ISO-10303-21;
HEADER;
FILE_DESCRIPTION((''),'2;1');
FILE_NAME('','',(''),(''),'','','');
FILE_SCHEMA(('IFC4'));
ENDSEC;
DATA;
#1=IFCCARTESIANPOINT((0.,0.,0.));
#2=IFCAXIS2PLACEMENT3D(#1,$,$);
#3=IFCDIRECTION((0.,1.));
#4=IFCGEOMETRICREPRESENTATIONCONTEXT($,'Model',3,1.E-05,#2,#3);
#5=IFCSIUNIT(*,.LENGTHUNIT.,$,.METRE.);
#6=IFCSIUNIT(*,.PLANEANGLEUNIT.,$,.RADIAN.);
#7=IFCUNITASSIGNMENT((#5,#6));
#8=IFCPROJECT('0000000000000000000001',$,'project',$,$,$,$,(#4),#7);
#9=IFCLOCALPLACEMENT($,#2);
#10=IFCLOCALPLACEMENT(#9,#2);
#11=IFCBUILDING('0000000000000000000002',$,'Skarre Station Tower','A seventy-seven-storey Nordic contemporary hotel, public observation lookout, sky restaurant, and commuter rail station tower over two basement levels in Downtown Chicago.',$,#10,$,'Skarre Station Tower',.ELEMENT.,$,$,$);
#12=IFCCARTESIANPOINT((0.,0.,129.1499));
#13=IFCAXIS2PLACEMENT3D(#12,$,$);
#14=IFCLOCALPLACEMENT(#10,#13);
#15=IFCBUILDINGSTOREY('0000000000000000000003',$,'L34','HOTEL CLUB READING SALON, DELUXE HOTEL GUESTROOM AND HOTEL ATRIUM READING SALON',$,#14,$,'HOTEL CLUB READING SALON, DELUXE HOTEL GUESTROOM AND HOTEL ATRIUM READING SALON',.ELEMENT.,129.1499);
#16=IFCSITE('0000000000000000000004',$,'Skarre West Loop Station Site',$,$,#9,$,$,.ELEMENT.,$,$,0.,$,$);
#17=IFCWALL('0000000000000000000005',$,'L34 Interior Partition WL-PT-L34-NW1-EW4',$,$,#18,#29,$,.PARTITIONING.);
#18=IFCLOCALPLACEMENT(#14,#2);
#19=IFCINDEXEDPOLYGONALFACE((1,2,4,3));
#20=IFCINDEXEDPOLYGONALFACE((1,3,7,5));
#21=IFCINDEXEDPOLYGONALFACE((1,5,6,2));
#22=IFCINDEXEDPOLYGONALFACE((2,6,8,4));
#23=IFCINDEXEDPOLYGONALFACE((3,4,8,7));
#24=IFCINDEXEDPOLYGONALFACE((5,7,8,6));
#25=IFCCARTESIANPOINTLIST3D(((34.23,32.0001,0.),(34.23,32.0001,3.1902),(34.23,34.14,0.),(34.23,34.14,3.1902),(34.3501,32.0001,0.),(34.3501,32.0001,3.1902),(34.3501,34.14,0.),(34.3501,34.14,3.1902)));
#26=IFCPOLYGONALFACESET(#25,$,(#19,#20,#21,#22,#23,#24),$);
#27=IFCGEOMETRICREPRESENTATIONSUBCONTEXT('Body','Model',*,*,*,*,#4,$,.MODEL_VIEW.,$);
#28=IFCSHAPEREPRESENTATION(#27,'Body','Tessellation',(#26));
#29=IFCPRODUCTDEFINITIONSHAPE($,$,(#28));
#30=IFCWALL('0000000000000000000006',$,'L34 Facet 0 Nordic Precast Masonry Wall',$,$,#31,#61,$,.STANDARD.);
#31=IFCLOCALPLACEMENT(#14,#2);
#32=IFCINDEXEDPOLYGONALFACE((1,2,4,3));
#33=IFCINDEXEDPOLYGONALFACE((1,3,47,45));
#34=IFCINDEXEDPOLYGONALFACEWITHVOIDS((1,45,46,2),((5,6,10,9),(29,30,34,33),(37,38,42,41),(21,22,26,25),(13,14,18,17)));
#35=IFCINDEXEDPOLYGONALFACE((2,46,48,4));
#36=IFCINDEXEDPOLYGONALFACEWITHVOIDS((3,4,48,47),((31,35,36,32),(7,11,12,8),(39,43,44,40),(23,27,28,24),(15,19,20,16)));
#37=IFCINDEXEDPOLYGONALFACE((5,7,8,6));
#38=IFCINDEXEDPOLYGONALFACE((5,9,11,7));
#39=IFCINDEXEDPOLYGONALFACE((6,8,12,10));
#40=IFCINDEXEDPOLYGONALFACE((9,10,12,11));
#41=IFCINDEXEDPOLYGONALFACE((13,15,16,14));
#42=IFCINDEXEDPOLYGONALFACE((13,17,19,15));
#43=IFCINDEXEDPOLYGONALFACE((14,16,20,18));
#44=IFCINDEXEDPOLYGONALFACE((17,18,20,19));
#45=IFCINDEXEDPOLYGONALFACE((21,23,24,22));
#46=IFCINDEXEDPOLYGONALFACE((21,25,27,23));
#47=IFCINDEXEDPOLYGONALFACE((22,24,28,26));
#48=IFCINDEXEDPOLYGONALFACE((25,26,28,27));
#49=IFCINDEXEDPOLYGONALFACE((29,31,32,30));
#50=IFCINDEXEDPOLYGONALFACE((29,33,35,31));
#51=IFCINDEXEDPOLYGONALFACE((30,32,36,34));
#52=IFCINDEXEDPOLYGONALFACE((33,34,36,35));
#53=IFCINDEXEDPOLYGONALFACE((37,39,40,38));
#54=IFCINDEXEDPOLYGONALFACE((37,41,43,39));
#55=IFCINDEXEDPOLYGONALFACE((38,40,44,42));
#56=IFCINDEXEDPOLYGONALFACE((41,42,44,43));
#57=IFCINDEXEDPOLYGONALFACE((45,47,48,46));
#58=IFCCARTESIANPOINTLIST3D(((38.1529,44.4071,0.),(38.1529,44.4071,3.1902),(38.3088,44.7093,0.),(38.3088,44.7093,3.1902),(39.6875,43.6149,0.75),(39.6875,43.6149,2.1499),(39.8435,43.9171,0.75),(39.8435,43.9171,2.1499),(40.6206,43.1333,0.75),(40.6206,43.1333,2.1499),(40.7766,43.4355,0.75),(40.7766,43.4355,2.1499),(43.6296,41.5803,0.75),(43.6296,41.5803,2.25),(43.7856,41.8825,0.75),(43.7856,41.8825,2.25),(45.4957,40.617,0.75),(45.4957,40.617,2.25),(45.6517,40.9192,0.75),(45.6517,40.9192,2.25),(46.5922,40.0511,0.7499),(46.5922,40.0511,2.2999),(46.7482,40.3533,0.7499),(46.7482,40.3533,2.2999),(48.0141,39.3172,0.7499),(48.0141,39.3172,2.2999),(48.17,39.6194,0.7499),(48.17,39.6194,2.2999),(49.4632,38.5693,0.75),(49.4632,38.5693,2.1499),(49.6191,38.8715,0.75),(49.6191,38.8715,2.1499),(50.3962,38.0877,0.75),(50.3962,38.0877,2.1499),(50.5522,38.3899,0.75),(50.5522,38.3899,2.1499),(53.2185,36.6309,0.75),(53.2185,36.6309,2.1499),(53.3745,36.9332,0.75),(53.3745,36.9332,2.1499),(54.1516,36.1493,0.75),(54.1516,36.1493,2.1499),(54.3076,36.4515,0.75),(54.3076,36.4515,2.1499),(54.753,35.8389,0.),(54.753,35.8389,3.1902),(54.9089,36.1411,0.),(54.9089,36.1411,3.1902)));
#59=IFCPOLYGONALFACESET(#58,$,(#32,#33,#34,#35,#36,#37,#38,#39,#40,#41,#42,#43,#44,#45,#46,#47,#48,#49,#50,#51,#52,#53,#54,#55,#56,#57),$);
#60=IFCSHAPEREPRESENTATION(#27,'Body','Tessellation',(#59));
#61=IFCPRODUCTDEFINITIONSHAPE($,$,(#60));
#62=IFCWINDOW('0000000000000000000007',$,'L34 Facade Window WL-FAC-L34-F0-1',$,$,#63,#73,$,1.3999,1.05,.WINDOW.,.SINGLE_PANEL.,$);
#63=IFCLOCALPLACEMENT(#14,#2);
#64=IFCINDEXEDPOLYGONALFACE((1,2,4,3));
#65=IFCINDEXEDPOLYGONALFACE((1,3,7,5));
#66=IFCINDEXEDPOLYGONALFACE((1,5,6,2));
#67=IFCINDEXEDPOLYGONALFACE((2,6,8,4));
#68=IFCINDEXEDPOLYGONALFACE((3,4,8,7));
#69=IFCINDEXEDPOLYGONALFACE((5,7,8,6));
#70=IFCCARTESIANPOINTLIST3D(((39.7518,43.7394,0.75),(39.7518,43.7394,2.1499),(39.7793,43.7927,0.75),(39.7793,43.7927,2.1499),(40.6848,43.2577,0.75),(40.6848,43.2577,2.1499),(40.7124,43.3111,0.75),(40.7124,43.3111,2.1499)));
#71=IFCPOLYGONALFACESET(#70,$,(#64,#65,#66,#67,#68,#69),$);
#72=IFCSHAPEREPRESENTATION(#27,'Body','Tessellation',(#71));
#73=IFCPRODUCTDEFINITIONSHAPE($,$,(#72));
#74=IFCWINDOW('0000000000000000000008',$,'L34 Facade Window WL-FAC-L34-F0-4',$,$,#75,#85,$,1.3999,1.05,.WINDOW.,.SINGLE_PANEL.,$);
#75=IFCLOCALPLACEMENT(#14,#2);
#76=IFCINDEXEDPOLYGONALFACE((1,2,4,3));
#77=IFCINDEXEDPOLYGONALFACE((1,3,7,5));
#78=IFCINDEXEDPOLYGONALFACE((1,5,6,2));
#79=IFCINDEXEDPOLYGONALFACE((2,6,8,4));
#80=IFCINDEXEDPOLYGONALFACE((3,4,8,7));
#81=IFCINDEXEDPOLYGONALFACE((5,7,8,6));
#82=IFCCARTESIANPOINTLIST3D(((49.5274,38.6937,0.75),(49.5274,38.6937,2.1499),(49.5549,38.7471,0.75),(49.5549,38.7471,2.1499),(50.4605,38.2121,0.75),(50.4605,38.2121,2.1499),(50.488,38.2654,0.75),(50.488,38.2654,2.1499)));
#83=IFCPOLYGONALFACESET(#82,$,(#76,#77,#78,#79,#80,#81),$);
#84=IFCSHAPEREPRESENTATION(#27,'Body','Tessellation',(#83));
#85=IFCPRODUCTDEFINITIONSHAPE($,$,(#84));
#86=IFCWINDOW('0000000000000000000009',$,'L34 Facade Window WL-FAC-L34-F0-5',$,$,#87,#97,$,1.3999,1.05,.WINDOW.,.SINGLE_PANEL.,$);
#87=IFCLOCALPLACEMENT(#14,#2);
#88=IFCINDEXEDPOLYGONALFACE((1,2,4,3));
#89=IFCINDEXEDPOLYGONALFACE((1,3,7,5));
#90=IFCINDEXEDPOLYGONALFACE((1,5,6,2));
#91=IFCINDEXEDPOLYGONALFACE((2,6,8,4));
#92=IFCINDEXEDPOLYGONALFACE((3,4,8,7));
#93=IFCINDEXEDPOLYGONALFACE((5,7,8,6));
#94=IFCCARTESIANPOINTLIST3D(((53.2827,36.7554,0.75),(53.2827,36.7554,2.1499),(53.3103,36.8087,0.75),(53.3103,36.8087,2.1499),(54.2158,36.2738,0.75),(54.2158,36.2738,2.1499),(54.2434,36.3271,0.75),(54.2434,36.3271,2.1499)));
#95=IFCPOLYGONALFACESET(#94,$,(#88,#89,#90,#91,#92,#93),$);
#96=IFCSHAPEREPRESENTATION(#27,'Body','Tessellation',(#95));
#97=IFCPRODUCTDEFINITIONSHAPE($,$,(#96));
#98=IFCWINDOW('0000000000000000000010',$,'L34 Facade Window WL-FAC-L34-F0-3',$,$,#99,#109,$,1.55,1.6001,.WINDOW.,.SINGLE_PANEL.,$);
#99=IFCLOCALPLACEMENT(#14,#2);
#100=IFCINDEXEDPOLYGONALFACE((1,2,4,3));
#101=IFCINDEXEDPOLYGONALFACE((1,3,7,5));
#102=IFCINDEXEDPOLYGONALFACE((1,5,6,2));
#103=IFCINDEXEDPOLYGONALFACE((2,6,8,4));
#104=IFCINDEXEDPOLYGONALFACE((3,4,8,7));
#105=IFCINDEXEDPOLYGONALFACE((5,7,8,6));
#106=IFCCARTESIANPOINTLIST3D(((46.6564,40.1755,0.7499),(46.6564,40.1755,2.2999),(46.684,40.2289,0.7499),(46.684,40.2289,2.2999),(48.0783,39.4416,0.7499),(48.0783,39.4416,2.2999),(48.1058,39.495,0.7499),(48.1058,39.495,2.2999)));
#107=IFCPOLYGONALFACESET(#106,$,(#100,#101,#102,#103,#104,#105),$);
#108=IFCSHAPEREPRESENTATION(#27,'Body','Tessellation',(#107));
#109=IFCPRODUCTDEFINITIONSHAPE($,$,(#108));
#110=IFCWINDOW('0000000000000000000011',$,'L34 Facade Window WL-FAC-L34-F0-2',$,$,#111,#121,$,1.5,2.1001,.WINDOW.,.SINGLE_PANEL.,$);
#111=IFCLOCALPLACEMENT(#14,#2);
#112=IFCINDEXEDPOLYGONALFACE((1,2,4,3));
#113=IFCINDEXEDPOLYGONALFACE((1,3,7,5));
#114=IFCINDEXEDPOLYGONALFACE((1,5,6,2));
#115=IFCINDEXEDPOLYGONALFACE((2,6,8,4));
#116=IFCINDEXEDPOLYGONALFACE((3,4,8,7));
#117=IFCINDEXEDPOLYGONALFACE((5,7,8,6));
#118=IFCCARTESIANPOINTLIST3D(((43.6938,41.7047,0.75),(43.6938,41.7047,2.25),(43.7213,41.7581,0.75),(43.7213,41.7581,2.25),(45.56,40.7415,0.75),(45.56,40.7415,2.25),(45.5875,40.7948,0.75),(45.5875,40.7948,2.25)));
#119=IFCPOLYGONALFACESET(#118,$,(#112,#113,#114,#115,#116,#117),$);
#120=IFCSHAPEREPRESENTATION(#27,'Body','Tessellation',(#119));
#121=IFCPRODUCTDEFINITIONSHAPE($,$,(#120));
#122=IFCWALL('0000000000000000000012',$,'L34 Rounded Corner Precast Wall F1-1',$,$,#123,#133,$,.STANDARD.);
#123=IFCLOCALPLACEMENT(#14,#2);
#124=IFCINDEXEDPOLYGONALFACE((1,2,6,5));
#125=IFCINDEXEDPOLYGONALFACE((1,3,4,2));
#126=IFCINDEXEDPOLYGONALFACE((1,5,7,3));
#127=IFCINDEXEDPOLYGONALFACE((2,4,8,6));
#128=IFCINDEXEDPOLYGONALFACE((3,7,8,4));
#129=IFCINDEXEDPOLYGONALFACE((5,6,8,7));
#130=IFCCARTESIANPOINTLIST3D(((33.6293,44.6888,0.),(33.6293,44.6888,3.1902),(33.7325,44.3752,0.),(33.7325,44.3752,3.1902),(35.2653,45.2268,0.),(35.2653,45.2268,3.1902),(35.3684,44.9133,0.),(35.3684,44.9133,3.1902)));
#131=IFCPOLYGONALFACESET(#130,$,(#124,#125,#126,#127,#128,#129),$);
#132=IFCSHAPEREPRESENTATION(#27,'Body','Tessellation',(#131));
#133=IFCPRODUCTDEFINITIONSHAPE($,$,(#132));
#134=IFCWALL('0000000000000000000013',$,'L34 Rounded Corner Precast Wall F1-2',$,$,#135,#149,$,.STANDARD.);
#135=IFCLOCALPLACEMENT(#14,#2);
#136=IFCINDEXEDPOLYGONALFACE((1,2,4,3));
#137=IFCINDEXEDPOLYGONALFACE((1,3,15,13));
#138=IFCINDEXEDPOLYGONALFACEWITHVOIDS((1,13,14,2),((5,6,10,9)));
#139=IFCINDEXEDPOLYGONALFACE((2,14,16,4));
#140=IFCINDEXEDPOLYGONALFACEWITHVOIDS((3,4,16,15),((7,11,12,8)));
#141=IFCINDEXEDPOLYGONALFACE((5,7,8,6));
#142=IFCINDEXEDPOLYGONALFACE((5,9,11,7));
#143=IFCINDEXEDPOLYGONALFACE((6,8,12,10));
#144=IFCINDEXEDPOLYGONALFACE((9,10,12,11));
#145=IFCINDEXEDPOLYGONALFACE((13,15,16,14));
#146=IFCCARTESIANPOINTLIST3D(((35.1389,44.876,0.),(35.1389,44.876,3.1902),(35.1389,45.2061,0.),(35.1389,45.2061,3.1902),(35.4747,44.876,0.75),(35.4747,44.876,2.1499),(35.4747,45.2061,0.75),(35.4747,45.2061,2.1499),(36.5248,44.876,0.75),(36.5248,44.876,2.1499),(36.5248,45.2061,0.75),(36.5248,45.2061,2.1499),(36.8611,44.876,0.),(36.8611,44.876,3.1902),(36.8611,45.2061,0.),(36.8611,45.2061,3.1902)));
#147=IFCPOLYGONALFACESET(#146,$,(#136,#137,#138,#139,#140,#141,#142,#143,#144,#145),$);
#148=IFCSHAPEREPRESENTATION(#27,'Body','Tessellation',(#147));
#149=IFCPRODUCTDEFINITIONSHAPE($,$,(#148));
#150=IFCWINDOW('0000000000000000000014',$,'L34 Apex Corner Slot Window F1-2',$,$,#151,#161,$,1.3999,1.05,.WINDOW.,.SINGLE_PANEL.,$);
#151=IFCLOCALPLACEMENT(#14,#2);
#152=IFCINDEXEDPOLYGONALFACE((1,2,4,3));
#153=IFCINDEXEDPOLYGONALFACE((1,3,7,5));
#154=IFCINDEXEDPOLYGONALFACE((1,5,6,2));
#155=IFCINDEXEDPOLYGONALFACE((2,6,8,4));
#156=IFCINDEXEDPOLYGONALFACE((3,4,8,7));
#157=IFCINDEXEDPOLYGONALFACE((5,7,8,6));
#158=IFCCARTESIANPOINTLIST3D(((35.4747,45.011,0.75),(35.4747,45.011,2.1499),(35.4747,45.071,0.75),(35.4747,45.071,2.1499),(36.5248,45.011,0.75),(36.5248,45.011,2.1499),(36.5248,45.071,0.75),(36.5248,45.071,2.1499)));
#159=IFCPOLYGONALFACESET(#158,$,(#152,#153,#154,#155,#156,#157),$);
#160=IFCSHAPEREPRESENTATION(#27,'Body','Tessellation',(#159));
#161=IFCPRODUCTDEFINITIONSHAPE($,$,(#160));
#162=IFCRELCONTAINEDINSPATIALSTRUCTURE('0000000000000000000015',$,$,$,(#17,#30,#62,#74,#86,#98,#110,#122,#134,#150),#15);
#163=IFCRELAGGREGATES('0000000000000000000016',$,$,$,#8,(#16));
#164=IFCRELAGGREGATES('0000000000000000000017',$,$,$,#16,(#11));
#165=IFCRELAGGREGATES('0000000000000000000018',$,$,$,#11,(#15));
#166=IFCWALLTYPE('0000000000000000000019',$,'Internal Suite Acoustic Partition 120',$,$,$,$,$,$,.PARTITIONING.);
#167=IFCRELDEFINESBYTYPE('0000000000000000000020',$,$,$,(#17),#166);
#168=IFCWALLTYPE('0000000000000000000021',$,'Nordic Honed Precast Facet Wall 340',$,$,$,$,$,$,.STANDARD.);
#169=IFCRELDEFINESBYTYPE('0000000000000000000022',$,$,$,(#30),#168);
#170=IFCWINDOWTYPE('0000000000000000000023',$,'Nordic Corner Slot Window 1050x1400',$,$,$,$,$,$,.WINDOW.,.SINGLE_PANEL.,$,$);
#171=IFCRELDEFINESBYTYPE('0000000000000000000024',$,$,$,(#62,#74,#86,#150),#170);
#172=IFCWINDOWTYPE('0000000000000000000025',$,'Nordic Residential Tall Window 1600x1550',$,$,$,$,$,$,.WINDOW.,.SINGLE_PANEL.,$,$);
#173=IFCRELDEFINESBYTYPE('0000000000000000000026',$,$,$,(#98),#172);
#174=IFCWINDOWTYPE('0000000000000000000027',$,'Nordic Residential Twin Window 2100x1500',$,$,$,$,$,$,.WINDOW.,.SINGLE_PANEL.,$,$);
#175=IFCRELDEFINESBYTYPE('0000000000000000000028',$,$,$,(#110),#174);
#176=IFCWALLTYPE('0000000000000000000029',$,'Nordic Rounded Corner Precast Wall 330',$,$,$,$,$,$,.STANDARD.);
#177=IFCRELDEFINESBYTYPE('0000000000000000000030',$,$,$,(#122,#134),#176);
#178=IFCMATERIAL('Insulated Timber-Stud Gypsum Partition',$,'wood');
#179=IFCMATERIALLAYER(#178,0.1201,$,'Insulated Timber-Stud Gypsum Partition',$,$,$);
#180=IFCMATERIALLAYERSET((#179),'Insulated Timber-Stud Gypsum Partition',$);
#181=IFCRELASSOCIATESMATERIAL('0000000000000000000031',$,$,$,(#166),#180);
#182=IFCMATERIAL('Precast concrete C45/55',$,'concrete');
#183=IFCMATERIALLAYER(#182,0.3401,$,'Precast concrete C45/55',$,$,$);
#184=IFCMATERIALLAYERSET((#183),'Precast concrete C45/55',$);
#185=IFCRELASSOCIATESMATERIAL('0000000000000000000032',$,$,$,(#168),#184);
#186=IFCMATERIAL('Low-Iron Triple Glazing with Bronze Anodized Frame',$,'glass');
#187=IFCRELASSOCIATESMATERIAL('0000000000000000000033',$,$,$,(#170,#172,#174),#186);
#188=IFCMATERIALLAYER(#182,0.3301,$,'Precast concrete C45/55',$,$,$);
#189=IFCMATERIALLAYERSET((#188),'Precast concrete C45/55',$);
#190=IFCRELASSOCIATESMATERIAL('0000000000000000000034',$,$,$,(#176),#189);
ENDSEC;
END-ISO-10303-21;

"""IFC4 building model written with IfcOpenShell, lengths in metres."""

from ifc_helpers import new_model, si_unit, direction, frame, frame_2d, origin, place, context, subcontext, project, spatial, rectangle, extrude, material, layer, layer_set, type_object, element, fill, save


model = new_model("IFC4")

# Units and contexts
model_context = context("Model", 3, precision=1e-05, world=origin(), true_north=direction((0.0, 1.0)))
body_context = subcontext(model_context, "Body", "Model", "MODEL_VIEW")
ifc_project = project(units=[si_unit("LENGTHUNIT", "METRE"), si_unit("PLANEANGLEUNIT", "RADIAN")], contexts=[model_context])

# Site, building, storey
site_placement = place(None, origin())
site = spatial("IfcSite", under=ifc_project, at=site_placement, Name="Skarre West Loop Station Site", CompositionType="ELEMENT", RefElevation=0.0)
building_placement = place(site_placement, origin())
building = spatial("IfcBuilding", under=site, at=building_placement, Name="Skarre Station Tower", Description="A seventy-seven-storey Nordic contemporary hotel, public observation lookout, sky restaurant, and commuter rail station tower over two basement levels in Downtown Chicago.", LongName="Skarre Station Tower", CompositionType="ELEMENT")
storey_placement = place(building_placement, frame((0.0, 0.0, 129.1499)))
storey = spatial("IfcBuildingStorey", under=building, at=storey_placement, Name="L34", Description="HOTEL CLUB READING SALON, DELUXE HOTEL GUESTROOM AND HOTEL ATRIUM READING SALON", LongName="HOTEL CLUB READING SALON, DELUXE HOTEL GUESTROOM AND HOTEL ATRIUM READING SALON", CompositionType="ELEMENT", Elevation=129.1499)

# Shared definitions
ifc_material_1 = material(Name="Insulated Timber-Stud Gypsum Partition", Category="wood")
ifc_layer_1 = layer(ifc_material_1, 0.1201, Name="Insulated Timber-Stud Gypsum Partition")
ifc_layer_set_1 = layer_set([ifc_layer_1], Name="Insulated Timber-Stud Gypsum Partition")
wall_type_1 = type_object("IfcWallType", Name="Internal Suite Acoustic Partition 120", PredefinedType="PARTITIONING", material=ifc_layer_set_1)

# Wall
wall_1_placement = place(storey_placement, frame((34.29, 34.1399, 0.0), z_axis=(0.0, 0.0, 1.0), x_axis=(0.0, -1.0, 0.0)))
element("IfcWall", 1, at=wall_1_placement, inside=storey, type_object=wall_type_1, Name="L34 Interior Partition WL-PT-L34-NW1-EW4", PredefinedType="PARTITIONING", context=body_context, shape_type="SweptSolid", body=[
    extrude(rectangle(XDim=2.1399, YDim=0.1201, at=frame_2d((1.0698, 0.0))), origin(), (0.0, 0.0, 1.0), 3.1902),
])

# Wall, openings, windows
ifc_material_2 = material(Name="Precast concrete C45/55", Category="concrete")
ifc_layer_2 = layer(ifc_material_2, 0.3401, Name="Precast concrete C45/55")
ifc_layer_set_2 = layer_set([ifc_layer_2], Name="Precast concrete C45/55")
wall_type_2 = type_object("IfcWallType", Name="Nordic Honed Precast Facet Wall 340", PredefinedType="STANDARD", material=ifc_layer_set_2)
wall_2_placement = place(storey_placement, frame((38.231, 44.5581, 0.0), z_axis=(0.0, 0.0, 1.0), x_axis=(0.888614, -0.458657, 0.0)))
wall_2 = element("IfcWall", 2, at=wall_2_placement, inside=storey, type_object=wall_type_2, Name="L34 Facet 0 Nordic Precast Masonry Wall", PredefinedType="STANDARD", context=body_context, shape_type="SweptSolid", body=[
    extrude(rectangle(XDim=18.6809, YDim=0.3401, at=frame_2d((9.3403, 0.0))), origin(), (0.0, 0.0, 1.0), 3.1902),
])
opening_1_placement = place(wall_2_placement, frame((1.7271, 0.0, 0.75)))
opening_1 = element("IfcOpeningElement", 3, at=opening_1_placement, cuts=wall_2, PredefinedType="OPENING", context=body_context, shape_type="SweptSolid", body=[
    extrude(rectangle(XDim=1.05, YDim=1.3999, at=frame_2d((0.5249, 0.7))), frame((0.0, 0.1799, 0.0), z_axis=(0.0, -1.0, 0.0), x_axis=(1.0, 0.0, 0.0)), (0.0, 0.0, 1.0), 0.3601),
])
opening_2_placement = place(wall_2_placement, frame((6.1631, 0.0, 0.75)))
opening_2 = element("IfcOpeningElement", 4, at=opening_2_placement, cuts=wall_2, PredefinedType="OPENING", context=body_context, shape_type="SweptSolid", body=[
    extrude(rectangle(XDim=2.1001, YDim=1.5, at=frame_2d((1.05, 0.75))), frame((0.0, 0.1799, 0.0), z_axis=(0.0, -1.0, 0.0), x_axis=(1.0, 0.0, 0.0)), (0.0, 0.0, 1.0), 0.3601),
])
opening_3_placement = place(wall_2_placement, frame((9.4971, 0.0, 0.75)))
opening_3 = element("IfcOpeningElement", 5, at=opening_3_placement, cuts=wall_2, PredefinedType="OPENING", context=body_context, shape_type="SweptSolid", body=[
    extrude(rectangle(XDim=1.6001, YDim=1.55, at=frame_2d((0.8, 0.7749))), frame((0.0, 0.1799, 0.0), z_axis=(0.0, -1.0, 0.0), x_axis=(1.0, 0.0, 0.0)), (0.0, 0.0, 1.0), 0.3601),
])
opening_4_placement = place(wall_2_placement, frame((12.728, 0.0, 0.75)))
opening_4 = element("IfcOpeningElement", 6, at=opening_4_placement, cuts=wall_2, PredefinedType="OPENING", context=body_context, shape_type="SweptSolid", body=[
    extrude(rectangle(XDim=1.05, YDim=1.3999, at=frame_2d((0.5249, 0.7))), frame((0.0, 0.1799, 0.0), z_axis=(0.0, -1.0, 0.0), x_axis=(1.0, 0.0, 0.0)), (0.0, 0.0, 1.0), 0.3601),
])
opening_5_placement = place(wall_2_placement, frame((16.9541, 0.0, 0.75)))
opening_5 = element("IfcOpeningElement", 7, at=opening_5_placement, cuts=wall_2, PredefinedType="OPENING", context=body_context, shape_type="SweptSolid", body=[
    extrude(rectangle(XDim=1.05, YDim=1.3999, at=frame_2d((0.5249, 0.7))), frame((0.0, 0.1799, 0.0), z_axis=(0.0, -1.0, 0.0), x_axis=(1.0, 0.0, 0.0)), (0.0, 0.0, 1.0), 0.3601),
])
ifc_material_3 = material(Name="Low-Iron Triple Glazing with Bronze Anodized Frame", Category="glass")
window_type_1 = type_object("IfcWindowType", Name="Nordic Corner Slot Window 1050x1400", PartitioningType="SINGLE_PANEL", PredefinedType="WINDOW", material=ifc_material_3)
window_1_placement = place(opening_1_placement, origin())
window_1 = element("IfcWindow", 8, at=window_1_placement, inside=storey, type_object=window_type_1, Name="L34 Facade Window WL-FAC-L34-F0-1", OverallHeight=1.3999, OverallWidth=1.05, PartitioningType="SINGLE_PANEL", PredefinedType="WINDOW", context=body_context, shape_type="SweptSolid", body=[
    extrude(rectangle(XDim=1.05, YDim=1.3999, at=frame_2d((0.5249, 0.7))), frame((0.0, 0.03, 0.0), z_axis=(0.0, -1.0, 0.0), x_axis=(1.0, 0.0, 0.0)), (0.0, 0.0, 1.0), 0.0601),
])
fill(opening_1, window_1)
window_2_placement = place(opening_4_placement, origin())
window_2 = element("IfcWindow", 9, at=window_2_placement, inside=storey, type_object=window_type_1, Name="L34 Facade Window WL-FAC-L34-F0-4", OverallHeight=1.3999, OverallWidth=1.05, PartitioningType="SINGLE_PANEL", PredefinedType="WINDOW", context=body_context, shape_type="SweptSolid", body=[
    extrude(rectangle(XDim=1.05, YDim=1.3999, at=frame_2d((0.5249, 0.7))), frame((0.0, 0.03, 0.0), z_axis=(0.0, -1.0, 0.0), x_axis=(1.0, 0.0, 0.0)), (0.0, 0.0, 1.0), 0.0601),
])
fill(opening_4, window_2)
window_3_placement = place(opening_5_placement, origin())
window_3 = element("IfcWindow", 10, at=window_3_placement, inside=storey, type_object=window_type_1, Name="L34 Facade Window WL-FAC-L34-F0-5", OverallHeight=1.3999, OverallWidth=1.05, PartitioningType="SINGLE_PANEL", PredefinedType="WINDOW", context=body_context, shape_type="SweptSolid", body=[
    extrude(rectangle(XDim=1.05, YDim=1.3999, at=frame_2d((0.5249, 0.7))), frame((0.0, 0.03, 0.0), z_axis=(0.0, -1.0, 0.0), x_axis=(1.0, 0.0, 0.0)), (0.0, 0.0, 1.0), 0.0601),
])
fill(opening_5, window_3)
window_type_2 = type_object("IfcWindowType", Name="Nordic Residential Tall Window 1600x1550", PartitioningType="SINGLE_PANEL", PredefinedType="WINDOW", material=ifc_material_3)
window_4_placement = place(opening_3_placement, origin())
window_4 = element("IfcWindow", 11, at=window_4_placement, inside=storey, type_object=window_type_2, Name="L34 Facade Window WL-FAC-L34-F0-3", OverallHeight=1.55, OverallWidth=1.6001, PartitioningType="SINGLE_PANEL", PredefinedType="WINDOW", context=body_context, shape_type="SweptSolid", body=[
    extrude(rectangle(XDim=1.6001, YDim=1.55, at=frame_2d((0.8, 0.7749))), frame((0.0, 0.03, 0.0), z_axis=(0.0, -1.0, 0.0), x_axis=(1.0, 0.0, 0.0)), (0.0, 0.0, 1.0), 0.0601),
])
fill(opening_3, window_4)
window_type_3 = type_object("IfcWindowType", Name="Nordic Residential Twin Window 2100x1500", PartitioningType="SINGLE_PANEL", PredefinedType="WINDOW", material=ifc_material_3)
window_5_placement = place(opening_2_placement, origin())
window_5 = element("IfcWindow", 12, at=window_5_placement, inside=storey, type_object=window_type_3, Name="L34 Facade Window WL-FAC-L34-F0-2", OverallHeight=1.5, OverallWidth=2.1001, PartitioningType="SINGLE_PANEL", PredefinedType="WINDOW", context=body_context, shape_type="SweptSolid", body=[
    extrude(rectangle(XDim=2.1001, YDim=1.5, at=frame_2d((1.05, 0.75))), frame((0.0, 0.03, 0.0), z_axis=(0.0, -1.0, 0.0), x_axis=(1.0, 0.0, 0.0)), (0.0, 0.0, 1.0), 0.0601),
])
fill(opening_2, window_5)

# Wall
ifc_layer_3 = layer(ifc_material_2, 0.3301, Name="Precast concrete C45/55")
ifc_layer_set_3 = layer_set([ifc_layer_3], Name="Precast concrete C45/55")
wall_type_3 = type_object("IfcWallType", Name="Nordic Rounded Corner Precast Wall 330", PredefinedType="STANDARD", material=ifc_layer_set_3)
wall_3_placement = place(storey_placement, frame((33.6809, 44.532, 0.0), z_axis=(0.0, 0.0, 1.0), x_axis=(0.949937, 0.31244, 0.0)))
element("IfcWall", 13, at=wall_3_placement, inside=storey, type_object=wall_type_3, Name="L34 Rounded Corner Precast Wall F1-1", PredefinedType="STANDARD", context=body_context, shape_type="SweptSolid", body=[
    extrude(rectangle(XDim=1.7222, YDim=0.3301, at=frame_2d((0.8611, 0.0))), origin(), (0.0, 0.0, 1.0), 3.1902),
])

# Wall, opening, window
wall_4_placement = place(storey_placement, frame((35.1389, 45.041, 0.0), z_axis=(0.0, 0.0, 1.0), x_axis=(1.0, 0.0, 0.0)))
wall_4 = element("IfcWall", 14, at=wall_4_placement, inside=storey, type_object=wall_type_3, Name="L34 Rounded Corner Precast Wall F1-2", PredefinedType="STANDARD", context=body_context, shape_type="SweptSolid", body=[
    extrude(rectangle(XDim=1.7222, YDim=0.3301, at=frame_2d((0.8611, 0.0))), origin(), (0.0, 0.0, 1.0), 3.1902),
])
opening_6_placement = place(wall_4_placement, frame((0.3359, 0.0, 0.75)))
opening_6 = element("IfcOpeningElement", 15, at=opening_6_placement, cuts=wall_4, PredefinedType="OPENING", context=body_context, shape_type="SweptSolid", body=[
    extrude(rectangle(XDim=1.05, YDim=1.3999, at=frame_2d((0.5249, 0.7))), frame((0.0, 0.175, 0.0), z_axis=(0.0, -1.0, 0.0), x_axis=(1.0, 0.0, 0.0)), (0.0, 0.0, 1.0), 0.3501),
])
window_6_placement = place(opening_6_placement, origin())
window_6 = element("IfcWindow", 16, at=window_6_placement, inside=storey, type_object=window_type_1, Name="L34 Apex Corner Slot Window F1-2", OverallHeight=1.3999, OverallWidth=1.05, PartitioningType="SINGLE_PANEL", PredefinedType="WINDOW", context=body_context, shape_type="SweptSolid", body=[
    extrude(rectangle(XDim=1.05, YDim=1.3999, at=frame_2d((0.5249, 0.7))), frame((0.0, 0.03, 0.0), z_axis=(0.0, -1.0, 0.0), x_axis=(1.0, 0.0, 0.0)), (0.0, 0.0, 1.0), 0.0601),
])
fill(opening_6, window_6)

save(model, "model.ifc")
